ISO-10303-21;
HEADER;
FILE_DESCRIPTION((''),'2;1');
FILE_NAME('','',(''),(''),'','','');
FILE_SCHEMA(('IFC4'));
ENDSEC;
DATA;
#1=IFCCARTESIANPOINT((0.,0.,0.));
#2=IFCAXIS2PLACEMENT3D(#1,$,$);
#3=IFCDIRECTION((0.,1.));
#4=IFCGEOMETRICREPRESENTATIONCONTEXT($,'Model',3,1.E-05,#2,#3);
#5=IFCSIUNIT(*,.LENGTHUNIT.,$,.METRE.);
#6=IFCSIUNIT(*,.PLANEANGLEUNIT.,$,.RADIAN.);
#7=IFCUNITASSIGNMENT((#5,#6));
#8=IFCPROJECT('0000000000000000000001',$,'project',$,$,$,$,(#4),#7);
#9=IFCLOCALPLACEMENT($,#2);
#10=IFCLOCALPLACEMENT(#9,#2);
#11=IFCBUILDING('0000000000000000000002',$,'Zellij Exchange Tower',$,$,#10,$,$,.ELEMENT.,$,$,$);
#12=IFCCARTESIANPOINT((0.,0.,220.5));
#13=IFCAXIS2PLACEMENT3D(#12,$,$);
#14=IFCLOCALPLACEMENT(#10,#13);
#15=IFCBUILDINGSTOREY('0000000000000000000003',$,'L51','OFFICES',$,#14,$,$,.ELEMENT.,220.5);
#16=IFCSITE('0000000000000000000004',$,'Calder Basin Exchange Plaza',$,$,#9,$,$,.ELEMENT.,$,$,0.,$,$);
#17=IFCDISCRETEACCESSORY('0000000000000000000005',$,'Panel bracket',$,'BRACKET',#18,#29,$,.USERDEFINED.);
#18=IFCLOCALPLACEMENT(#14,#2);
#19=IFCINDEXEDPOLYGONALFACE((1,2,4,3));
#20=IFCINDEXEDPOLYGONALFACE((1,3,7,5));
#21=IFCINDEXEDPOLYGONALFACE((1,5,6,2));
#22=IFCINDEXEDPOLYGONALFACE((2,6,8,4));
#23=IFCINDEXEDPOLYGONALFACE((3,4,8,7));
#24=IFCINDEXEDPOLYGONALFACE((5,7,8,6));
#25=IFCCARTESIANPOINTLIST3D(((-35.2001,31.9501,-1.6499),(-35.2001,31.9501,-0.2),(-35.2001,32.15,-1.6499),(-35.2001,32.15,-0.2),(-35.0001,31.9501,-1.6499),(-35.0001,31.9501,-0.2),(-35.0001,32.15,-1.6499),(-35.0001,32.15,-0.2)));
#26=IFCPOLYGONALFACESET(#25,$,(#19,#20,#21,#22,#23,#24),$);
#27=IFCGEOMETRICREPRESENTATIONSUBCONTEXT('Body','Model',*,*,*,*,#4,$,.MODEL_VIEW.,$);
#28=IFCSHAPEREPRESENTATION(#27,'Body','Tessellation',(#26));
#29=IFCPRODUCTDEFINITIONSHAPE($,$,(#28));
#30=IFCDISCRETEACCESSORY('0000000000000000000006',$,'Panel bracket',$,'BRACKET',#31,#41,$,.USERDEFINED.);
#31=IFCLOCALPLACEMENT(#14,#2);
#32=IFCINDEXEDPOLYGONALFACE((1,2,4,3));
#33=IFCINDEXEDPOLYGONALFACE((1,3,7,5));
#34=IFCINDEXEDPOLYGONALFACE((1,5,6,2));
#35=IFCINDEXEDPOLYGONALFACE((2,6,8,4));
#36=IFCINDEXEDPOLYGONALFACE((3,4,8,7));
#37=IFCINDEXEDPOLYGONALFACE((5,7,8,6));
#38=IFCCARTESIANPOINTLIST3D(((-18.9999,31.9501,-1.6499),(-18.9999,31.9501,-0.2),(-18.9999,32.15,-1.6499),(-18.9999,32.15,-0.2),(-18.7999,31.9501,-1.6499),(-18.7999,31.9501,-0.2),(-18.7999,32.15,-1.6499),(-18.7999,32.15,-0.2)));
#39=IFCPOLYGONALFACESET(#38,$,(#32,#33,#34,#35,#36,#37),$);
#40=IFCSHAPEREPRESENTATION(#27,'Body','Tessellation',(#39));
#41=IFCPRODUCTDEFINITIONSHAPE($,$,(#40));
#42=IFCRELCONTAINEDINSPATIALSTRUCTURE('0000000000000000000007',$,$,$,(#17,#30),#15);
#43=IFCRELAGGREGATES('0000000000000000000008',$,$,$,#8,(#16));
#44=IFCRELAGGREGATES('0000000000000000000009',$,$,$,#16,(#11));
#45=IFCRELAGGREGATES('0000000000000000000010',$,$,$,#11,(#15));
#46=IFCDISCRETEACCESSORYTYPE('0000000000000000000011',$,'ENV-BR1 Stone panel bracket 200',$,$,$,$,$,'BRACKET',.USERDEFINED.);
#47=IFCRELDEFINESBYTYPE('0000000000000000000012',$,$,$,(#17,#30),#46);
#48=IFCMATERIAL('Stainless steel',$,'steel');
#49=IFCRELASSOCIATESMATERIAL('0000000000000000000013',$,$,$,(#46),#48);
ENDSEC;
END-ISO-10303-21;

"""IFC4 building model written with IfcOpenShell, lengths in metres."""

from ifc_helpers import new_model, si_unit, direction, frame, origin, origin_2d, place, context, subcontext, project, spatial, rectangle, extrude, material, type_object, element, save


model = new_model("IFC4")

# Units and contexts
model_context = context("Model", 3, precision=1e-05, world=origin(), true_north=direction((0.0, 1.0)))
body_context = subcontext(model_context, "Body", "Model", "MODEL_VIEW")
ifc_project = project(units=[si_unit("LENGTHUNIT", "METRE"), si_unit("PLANEANGLEUNIT", "RADIAN")], contexts=[model_context])

# Site, building, storey
site_placement = place(None, origin())
site = spatial("IfcSite", under=ifc_project, at=site_placement, Name="Calder Basin Exchange Plaza", CompositionType="ELEMENT", RefElevation=0.0)
building_placement = place(site_placement, origin())
building = spatial("IfcBuilding", under=site, at=building_placement, Name="Zellij Exchange Tower", CompositionType="ELEMENT")
storey_placement = place(building_placement, frame((0.0, 0.0, 220.5)))
storey = spatial("IfcBuildingStorey", under=building, at=storey_placement, Name="L51", Description="OFFICES", CompositionType="ELEMENT", Elevation=220.5)

# Discrete accessories
ifc_material_1 = material(Name="Stainless steel", Category="steel")
discrete_accessory_type = type_object("IfcDiscreteAccessoryType", Name="ENV-BR1 Stone panel bracket 200", ElementType="BRACKET", PredefinedType="USERDEFINED", material=ifc_material_1)
for number, where, z_axis, x_axis, name in (
    (1, (-35.1001, 32.05, -1.6499), (0.0, 0.0, 1.0), (1.0, 0.0, 0.0), "Panel bracket"),
    (2, (-18.8999, 32.05, -1.6499), (0.0, 0.0, 1.0), (1.0, 0.0, 0.0), "Panel bracket"),
):
    element("IfcDiscreteAccessory", number, at=place(storey_placement, frame(where, z_axis=z_axis, x_axis=x_axis)), inside=storey, type_object=discrete_accessory_type, Name=name, ObjectType="BRACKET", PredefinedType="USERDEFINED", context=body_context, shape_type="SweptSolid", body=[
        extrude(rectangle(XDim=0.2, YDim=0.2, at=origin_2d()), origin(), (0.0, 0.0, 1.0), 1.45),
    ])

save(model, "model.ifc")
